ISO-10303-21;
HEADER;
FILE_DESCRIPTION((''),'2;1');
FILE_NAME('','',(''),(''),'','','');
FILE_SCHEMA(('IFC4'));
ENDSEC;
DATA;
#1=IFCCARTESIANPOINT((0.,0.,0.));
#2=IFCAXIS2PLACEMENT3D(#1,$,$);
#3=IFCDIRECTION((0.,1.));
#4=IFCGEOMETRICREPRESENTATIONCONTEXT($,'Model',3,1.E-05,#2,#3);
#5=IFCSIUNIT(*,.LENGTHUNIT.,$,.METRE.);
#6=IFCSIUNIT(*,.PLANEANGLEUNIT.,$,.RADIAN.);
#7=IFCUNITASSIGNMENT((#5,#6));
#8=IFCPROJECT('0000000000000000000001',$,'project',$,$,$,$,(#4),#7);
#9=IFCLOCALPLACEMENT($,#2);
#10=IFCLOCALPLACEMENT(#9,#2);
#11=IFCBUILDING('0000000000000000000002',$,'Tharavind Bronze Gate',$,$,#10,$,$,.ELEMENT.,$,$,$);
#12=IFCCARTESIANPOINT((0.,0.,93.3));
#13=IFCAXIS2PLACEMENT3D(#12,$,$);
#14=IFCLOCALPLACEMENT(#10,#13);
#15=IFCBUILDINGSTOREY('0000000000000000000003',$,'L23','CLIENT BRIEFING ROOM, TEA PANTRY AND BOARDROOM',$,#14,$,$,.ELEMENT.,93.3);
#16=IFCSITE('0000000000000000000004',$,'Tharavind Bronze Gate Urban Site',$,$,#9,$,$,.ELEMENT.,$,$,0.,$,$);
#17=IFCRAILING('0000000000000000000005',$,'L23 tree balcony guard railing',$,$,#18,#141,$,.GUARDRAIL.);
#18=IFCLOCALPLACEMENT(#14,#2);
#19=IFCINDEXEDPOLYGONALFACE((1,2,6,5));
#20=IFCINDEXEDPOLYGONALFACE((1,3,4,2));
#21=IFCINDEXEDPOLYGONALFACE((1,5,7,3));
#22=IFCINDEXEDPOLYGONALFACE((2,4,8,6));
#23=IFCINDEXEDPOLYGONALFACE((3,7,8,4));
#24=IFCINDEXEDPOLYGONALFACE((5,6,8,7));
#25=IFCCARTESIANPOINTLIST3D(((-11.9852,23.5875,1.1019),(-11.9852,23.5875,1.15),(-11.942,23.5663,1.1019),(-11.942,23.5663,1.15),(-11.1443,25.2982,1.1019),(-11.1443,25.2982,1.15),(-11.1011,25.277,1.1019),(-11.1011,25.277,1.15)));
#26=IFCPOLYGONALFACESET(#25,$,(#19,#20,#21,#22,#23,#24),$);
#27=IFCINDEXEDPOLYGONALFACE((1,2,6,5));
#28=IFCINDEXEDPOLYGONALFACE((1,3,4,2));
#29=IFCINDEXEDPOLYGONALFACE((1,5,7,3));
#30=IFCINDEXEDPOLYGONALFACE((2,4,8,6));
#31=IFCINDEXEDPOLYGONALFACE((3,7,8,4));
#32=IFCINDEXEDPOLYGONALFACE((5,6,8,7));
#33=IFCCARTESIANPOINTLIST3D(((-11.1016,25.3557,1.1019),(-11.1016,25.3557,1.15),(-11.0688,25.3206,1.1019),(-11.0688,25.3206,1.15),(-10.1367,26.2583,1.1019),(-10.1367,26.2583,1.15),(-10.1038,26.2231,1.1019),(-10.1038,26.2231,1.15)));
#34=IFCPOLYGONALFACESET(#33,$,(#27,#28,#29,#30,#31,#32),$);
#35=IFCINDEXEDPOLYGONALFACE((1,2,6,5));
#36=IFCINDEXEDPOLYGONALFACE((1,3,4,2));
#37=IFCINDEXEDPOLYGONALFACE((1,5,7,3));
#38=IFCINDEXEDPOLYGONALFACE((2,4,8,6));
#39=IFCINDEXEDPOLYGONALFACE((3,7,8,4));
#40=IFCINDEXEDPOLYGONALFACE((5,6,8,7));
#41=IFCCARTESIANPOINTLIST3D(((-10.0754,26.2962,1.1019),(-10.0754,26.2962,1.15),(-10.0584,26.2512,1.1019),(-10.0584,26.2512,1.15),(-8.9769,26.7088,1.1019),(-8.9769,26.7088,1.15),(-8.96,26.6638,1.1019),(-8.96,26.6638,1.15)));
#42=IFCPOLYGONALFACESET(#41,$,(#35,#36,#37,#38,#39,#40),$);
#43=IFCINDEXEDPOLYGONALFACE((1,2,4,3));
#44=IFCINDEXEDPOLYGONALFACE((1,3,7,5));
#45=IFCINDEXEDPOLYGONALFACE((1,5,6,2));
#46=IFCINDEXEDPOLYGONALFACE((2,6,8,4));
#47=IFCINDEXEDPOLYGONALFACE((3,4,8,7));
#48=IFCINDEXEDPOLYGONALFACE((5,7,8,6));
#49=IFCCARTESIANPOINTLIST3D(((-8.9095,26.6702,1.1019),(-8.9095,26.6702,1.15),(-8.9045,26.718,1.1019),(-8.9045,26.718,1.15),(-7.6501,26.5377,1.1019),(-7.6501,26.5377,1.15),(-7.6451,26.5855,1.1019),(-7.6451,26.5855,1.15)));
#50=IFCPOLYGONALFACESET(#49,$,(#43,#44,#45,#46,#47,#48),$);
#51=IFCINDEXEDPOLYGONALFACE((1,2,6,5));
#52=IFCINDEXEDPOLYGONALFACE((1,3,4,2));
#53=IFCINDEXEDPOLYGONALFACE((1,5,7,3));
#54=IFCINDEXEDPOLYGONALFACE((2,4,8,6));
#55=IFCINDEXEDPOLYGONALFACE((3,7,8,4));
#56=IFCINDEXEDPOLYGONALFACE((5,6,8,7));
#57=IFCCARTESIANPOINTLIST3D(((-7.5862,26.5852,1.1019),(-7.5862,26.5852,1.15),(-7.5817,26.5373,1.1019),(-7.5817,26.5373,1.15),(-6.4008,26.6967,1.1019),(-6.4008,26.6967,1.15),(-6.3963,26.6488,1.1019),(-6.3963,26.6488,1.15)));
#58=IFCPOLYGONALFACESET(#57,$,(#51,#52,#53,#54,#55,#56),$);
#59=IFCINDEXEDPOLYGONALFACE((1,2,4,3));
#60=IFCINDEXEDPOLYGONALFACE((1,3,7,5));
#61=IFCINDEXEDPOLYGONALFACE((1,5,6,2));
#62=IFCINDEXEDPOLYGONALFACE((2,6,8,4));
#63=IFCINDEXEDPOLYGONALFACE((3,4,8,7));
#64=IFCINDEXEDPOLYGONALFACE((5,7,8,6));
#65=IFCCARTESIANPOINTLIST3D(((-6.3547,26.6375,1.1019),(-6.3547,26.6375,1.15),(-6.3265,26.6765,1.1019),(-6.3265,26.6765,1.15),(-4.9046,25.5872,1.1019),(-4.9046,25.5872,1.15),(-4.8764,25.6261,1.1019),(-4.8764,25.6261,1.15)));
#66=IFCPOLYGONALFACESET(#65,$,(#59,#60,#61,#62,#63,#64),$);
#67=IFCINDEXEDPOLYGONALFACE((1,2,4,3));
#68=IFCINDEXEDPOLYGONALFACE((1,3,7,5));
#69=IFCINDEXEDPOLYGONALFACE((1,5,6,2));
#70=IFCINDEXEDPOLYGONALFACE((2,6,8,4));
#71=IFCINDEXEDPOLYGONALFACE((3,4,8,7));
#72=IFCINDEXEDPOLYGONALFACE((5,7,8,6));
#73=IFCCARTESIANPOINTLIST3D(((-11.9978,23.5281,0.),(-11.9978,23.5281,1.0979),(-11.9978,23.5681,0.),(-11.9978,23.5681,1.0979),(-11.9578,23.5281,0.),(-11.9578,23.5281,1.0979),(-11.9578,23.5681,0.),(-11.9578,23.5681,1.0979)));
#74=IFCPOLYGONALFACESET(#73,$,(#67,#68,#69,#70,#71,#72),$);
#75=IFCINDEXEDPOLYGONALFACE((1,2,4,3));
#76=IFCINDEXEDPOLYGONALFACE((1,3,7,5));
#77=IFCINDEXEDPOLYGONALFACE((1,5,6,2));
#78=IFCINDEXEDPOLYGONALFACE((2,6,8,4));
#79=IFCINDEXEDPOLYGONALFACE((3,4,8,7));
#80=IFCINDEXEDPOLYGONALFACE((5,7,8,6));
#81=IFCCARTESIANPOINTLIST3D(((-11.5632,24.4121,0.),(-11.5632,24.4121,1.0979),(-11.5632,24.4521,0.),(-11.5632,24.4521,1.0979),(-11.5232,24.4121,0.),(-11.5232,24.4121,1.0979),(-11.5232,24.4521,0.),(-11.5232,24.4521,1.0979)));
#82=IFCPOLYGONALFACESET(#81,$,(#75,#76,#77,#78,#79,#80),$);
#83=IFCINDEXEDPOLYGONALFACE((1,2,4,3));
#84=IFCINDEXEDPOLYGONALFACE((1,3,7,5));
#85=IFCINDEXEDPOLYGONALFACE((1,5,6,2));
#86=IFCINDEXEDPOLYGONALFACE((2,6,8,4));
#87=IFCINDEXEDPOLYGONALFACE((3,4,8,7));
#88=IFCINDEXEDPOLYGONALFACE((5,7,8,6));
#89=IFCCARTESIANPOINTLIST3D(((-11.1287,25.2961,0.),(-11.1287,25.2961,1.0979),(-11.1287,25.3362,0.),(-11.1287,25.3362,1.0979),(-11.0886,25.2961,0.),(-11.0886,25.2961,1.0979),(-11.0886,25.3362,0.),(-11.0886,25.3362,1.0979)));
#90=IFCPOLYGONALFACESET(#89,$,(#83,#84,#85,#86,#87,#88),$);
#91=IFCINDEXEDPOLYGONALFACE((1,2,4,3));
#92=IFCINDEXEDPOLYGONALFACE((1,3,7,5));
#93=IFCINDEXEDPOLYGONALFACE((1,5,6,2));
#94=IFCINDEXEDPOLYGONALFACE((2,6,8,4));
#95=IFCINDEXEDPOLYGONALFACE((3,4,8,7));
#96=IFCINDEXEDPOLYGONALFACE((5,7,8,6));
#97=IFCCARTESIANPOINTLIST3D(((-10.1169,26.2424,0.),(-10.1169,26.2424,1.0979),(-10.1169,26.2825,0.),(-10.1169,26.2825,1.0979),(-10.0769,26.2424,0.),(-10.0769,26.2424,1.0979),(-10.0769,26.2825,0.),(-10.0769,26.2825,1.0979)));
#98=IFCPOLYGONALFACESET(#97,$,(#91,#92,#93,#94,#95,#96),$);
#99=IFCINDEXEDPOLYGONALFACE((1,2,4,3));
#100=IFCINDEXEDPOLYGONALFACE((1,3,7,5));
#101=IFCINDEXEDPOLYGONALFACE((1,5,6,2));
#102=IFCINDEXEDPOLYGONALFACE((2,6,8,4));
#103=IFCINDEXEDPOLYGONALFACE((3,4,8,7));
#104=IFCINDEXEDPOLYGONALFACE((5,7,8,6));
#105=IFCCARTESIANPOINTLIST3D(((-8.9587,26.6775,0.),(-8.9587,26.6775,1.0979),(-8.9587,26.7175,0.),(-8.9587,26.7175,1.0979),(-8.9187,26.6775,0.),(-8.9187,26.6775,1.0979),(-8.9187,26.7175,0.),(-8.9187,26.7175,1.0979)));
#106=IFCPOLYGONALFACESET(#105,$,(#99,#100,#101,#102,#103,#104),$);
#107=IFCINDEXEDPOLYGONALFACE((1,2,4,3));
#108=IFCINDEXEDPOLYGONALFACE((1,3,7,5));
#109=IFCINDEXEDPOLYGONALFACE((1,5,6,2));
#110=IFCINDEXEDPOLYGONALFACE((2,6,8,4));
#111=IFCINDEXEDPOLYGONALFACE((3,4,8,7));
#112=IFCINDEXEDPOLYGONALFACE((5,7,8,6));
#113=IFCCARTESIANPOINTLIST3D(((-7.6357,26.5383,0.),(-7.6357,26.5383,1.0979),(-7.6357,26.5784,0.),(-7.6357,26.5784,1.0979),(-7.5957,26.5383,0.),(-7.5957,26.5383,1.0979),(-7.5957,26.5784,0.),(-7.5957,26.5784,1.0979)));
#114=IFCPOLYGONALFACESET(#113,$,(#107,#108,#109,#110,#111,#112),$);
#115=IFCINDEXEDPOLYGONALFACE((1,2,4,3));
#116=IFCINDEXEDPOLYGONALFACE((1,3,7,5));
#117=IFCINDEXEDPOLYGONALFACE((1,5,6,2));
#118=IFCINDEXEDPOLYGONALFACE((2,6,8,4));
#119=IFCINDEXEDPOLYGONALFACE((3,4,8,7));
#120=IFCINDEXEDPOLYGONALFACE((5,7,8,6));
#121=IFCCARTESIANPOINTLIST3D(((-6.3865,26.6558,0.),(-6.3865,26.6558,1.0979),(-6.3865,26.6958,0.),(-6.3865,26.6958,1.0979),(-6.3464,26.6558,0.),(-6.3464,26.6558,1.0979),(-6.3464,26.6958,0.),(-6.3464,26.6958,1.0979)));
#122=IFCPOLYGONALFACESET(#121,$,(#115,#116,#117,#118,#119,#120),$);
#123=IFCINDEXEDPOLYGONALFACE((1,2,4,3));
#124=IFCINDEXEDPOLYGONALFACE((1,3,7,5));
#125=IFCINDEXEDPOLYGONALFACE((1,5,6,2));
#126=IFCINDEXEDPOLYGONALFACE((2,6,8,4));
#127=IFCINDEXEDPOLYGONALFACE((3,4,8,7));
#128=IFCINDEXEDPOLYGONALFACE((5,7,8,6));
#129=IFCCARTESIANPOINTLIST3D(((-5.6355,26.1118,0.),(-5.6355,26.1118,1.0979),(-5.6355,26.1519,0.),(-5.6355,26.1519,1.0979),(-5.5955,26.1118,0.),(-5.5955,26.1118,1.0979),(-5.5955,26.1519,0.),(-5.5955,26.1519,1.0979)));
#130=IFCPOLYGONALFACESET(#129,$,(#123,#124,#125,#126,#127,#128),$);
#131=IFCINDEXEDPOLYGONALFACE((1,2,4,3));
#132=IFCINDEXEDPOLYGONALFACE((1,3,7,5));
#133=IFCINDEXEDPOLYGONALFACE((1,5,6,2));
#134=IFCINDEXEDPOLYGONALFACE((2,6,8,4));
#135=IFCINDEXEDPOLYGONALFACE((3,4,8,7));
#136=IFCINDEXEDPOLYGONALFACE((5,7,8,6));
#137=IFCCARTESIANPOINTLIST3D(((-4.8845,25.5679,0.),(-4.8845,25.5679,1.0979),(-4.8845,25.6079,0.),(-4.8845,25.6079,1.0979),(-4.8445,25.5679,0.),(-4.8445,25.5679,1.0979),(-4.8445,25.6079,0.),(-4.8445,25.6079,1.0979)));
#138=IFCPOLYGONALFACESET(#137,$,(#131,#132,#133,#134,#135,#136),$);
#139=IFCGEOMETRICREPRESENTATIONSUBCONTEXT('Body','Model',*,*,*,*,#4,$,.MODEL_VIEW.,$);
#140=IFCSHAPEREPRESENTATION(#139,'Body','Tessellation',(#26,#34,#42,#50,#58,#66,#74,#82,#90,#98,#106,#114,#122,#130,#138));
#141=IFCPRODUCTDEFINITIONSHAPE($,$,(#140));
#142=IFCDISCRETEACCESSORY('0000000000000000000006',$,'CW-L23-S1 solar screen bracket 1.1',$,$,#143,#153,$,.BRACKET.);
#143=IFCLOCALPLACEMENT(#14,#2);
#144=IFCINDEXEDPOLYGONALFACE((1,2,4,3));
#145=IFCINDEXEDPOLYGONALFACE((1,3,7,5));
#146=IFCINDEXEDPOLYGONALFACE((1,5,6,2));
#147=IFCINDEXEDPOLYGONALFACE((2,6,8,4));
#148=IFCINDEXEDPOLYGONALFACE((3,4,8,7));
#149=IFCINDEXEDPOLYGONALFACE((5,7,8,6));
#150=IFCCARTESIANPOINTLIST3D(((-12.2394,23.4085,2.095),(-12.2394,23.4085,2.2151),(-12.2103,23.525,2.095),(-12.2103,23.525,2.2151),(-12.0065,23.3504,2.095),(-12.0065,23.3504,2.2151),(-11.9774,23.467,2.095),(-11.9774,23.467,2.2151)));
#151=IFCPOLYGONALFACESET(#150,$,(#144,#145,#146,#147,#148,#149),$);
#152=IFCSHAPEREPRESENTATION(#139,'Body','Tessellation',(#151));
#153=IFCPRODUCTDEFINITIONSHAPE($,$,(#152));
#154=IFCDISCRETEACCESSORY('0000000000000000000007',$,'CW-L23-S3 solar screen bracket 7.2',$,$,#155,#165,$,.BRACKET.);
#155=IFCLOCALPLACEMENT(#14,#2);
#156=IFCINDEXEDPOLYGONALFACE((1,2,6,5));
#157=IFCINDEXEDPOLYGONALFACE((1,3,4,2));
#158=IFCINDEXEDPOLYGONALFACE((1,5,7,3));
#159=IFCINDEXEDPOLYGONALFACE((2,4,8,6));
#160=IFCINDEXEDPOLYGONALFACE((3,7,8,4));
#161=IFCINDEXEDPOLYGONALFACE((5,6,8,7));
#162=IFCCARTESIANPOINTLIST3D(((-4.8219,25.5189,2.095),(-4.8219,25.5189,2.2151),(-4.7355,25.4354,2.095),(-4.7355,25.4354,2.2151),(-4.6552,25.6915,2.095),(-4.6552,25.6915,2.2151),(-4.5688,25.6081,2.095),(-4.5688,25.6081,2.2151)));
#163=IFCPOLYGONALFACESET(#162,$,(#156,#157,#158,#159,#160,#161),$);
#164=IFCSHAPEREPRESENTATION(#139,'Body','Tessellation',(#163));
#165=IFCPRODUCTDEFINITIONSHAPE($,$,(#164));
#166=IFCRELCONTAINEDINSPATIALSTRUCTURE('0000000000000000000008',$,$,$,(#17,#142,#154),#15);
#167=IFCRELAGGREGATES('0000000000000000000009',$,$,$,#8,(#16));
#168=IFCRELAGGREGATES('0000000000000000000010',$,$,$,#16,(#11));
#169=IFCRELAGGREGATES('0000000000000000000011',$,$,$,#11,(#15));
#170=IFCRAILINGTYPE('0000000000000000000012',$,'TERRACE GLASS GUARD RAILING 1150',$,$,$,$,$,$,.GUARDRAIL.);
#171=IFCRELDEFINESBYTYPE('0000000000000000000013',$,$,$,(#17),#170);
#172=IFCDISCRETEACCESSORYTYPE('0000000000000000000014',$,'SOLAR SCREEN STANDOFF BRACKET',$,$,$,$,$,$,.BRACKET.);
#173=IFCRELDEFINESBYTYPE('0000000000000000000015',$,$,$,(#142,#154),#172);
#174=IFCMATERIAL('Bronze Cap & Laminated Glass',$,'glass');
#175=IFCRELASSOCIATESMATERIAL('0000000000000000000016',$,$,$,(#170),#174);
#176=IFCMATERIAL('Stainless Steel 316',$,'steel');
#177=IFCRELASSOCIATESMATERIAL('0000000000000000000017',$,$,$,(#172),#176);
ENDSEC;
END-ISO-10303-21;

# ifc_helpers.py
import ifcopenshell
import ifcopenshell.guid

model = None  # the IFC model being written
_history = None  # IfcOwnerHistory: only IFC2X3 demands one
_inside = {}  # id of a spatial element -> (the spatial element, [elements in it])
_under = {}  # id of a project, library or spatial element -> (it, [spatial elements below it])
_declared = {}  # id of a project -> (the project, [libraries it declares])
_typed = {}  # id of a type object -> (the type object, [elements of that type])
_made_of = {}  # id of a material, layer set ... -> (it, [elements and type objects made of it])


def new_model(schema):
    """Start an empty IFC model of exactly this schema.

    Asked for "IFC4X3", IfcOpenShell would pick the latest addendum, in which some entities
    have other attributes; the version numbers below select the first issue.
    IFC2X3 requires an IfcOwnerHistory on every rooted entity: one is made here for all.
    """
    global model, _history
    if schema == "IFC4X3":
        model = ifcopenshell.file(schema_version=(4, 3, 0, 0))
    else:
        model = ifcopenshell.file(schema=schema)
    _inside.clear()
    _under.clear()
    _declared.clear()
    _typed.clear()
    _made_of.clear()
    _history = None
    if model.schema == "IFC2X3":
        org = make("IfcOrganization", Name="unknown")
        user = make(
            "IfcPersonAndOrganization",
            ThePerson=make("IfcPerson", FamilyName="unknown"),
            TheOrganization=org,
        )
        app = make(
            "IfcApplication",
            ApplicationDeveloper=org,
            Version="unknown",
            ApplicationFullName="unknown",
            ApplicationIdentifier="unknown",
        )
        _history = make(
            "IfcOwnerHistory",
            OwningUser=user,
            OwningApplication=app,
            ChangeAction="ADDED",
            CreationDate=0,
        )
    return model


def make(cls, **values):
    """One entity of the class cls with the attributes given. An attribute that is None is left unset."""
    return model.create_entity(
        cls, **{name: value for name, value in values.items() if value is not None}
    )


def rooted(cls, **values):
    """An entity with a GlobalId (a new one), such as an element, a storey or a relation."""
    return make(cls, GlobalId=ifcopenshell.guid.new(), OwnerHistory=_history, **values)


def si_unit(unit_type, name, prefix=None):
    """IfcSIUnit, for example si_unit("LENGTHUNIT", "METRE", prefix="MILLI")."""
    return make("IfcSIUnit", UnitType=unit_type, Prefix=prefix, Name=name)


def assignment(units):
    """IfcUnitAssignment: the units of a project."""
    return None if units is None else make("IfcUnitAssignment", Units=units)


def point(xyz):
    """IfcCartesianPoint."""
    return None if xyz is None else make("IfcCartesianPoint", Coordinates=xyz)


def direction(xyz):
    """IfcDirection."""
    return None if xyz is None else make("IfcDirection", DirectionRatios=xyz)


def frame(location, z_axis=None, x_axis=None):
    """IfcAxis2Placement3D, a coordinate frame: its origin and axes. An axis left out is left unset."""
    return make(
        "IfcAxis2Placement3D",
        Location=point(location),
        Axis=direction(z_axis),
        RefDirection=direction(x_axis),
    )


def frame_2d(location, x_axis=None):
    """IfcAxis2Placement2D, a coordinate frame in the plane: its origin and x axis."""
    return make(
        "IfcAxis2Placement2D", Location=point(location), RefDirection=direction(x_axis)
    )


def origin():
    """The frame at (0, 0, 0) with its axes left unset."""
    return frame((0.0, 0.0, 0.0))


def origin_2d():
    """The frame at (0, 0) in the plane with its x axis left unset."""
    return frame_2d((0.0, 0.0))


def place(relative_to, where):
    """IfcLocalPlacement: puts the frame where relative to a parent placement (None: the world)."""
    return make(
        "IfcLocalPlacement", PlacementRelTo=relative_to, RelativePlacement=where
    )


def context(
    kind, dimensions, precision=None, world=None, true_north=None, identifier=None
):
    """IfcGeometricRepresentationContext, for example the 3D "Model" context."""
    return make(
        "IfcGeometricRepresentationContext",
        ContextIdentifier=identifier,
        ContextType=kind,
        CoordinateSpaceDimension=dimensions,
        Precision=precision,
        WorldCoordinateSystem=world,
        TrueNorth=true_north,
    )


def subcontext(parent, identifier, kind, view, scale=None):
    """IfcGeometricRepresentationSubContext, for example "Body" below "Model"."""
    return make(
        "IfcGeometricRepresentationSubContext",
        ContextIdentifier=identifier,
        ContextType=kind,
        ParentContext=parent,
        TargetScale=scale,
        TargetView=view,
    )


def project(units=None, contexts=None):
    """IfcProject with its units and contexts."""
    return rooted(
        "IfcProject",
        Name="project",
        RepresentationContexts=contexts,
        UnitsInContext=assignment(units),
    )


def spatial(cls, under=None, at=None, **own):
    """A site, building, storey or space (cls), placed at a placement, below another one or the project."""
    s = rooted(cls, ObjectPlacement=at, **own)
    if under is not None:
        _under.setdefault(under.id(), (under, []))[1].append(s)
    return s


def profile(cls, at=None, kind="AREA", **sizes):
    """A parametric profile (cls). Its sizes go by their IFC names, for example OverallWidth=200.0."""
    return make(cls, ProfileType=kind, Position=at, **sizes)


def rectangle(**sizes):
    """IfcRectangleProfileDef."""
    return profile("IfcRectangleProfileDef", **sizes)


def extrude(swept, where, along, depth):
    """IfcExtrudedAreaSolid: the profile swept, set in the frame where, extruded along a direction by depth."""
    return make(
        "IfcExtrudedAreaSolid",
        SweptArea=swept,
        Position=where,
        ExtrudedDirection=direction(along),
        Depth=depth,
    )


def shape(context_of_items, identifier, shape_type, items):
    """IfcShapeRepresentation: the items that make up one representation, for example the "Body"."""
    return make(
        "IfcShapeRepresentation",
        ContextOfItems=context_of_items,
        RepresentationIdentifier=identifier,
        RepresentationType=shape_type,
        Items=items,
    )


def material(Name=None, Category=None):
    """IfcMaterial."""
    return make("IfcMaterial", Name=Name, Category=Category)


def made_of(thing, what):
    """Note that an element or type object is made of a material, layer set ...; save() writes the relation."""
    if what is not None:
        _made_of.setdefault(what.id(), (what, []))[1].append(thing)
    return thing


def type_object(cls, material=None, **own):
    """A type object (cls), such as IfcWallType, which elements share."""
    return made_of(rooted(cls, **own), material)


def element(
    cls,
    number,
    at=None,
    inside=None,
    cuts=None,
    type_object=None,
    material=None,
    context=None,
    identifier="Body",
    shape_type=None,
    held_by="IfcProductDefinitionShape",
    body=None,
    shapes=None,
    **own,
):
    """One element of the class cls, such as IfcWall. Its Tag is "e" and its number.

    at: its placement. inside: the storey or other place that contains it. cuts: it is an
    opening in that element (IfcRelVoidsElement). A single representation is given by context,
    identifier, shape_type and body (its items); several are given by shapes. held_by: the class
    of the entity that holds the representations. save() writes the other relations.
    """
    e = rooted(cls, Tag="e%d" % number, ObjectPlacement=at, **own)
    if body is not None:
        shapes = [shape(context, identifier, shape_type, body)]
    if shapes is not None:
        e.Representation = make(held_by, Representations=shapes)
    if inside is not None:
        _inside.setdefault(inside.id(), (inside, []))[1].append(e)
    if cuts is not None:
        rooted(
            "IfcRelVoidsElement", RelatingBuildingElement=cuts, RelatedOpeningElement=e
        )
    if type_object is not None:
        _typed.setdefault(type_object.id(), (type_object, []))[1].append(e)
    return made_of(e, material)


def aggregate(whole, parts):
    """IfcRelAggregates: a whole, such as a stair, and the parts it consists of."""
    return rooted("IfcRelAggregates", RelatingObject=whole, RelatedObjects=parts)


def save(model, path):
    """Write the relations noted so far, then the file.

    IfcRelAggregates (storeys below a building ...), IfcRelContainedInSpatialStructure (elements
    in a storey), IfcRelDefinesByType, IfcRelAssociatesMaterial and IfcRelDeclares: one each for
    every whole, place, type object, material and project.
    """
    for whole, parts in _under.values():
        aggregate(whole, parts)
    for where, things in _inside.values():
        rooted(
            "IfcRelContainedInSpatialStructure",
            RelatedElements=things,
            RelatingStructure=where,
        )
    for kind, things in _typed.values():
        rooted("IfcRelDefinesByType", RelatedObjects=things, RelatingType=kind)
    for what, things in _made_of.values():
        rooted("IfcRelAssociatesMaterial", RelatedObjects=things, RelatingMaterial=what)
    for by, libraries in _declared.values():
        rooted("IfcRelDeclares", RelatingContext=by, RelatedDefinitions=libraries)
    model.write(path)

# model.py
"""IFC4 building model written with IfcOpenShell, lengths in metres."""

from ifc_helpers import new_model, si_unit, direction, frame, origin, origin_2d, place, context, subcontext, project, spatial, rectangle, extrude, material, type_object, element, save


model = new_model("IFC4")

# Units and contexts
model_context = context("Model", 3, precision=1e-05, world=origin(), true_north=direction((0.0, 1.0)))
body_context = subcontext(model_context, "Body", "Model", "MODEL_VIEW")
ifc_project = project(units=[si_unit("LENGTHUNIT", "METRE"), si_unit("PLANEANGLEUNIT", "RADIAN")], contexts=[model_context])

# Site, building, storey
site_placement = place(None, origin())
site = spatial("IfcSite", under=ifc_project, at=site_placement, Name="Tharavind Bronze Gate Urban Site", CompositionType="ELEMENT", RefElevation=0.0)
building_placement = place(site_placement, origin())
building = spatial("IfcBuilding", under=site, at=building_placement, Name="Tharavind Bronze Gate", CompositionType="ELEMENT")
storey_placement = place(building_placement, frame((0.0, 0.0, 93.3)))
storey = spatial("IfcBuildingStorey", under=building, at=storey_placement, Name="L23", Description="CLIENT BRIEFING ROOM, TEA PANTRY AND BOARDROOM", CompositionType="ELEMENT", Elevation=93.3)

# Railing
ifc_material_1 = material(Name="Bronze Cap & Laminated Glass", Category="glass")
railing_type = type_object("IfcRailingType", Name="TERRACE GLASS GUARD RAILING 1150", PredefinedType="GUARDRAIL", material=ifc_material_1)
railing_placement = place(storey_placement, frame((-11.9778, 23.5481, 0.0)))
element("IfcRailing", 1, at=railing_placement, inside=storey, type_object=railing_type, Name="L23 tree balcony guard railing", PredefinedType="GUARDRAIL", context=body_context, shape_type="SweptSolid", body=[
    extrude(rectangle(XDim=0.0481, YDim=0.0481, at=origin_2d()), frame((0.0142, 0.0288, 1.126), z_axis=(0.441156, 0.89743, 0.0), x_axis=(-0.89743, 0.441156, 0.0)), (0.0, 0.0, 1.0), 1.9062),
    extrude(rectangle(XDim=0.0481, YDim=0.0481, at=origin_2d()), frame((0.8926, 1.79, 1.126), z_axis=(0.730328, 0.683096, 0.0), x_axis=(-0.683096, 0.730328, 0.0)), (0.0, 0.0, 1.0), 1.3213),
    extrude(rectangle(XDim=0.0481, YDim=0.0481, at=origin_2d()), frame((1.9109, 2.7256, 1.126), z_axis=(0.936134, 0.351642, 0.0), x_axis=(-0.351642, 0.936134, 0.0)), (0.0, 0.0, 1.0), 1.1733),
    extrude(rectangle(XDim=0.0481, YDim=0.0481, at=origin_2d()), frame((3.0708, 3.146, 1.126), z_axis=(0.994513, -0.104608, 0.0), x_axis=(0.104608, 0.994513, 0.0)), (0.0, 0.0, 1.0), 1.2664),
    extrude(rectangle(XDim=0.0481, YDim=0.0481, at=origin_2d()), frame((4.3938, 3.0132, 1.126), z_axis=(0.995611, 0.093588, 0.0), x_axis=(-0.093588, 0.995611, 0.0)), (0.0, 0.0, 1.0), 1.1907),
    extrude(rectangle(XDim=0.0481, YDim=0.0481, at=origin_2d()), frame((5.6372, 3.1089, 1.126), z_axis=(0.809873, -0.586605, 0.0), x_axis=(0.586605, 0.809873, 0.0)), (0.0, 0.0, 1.0), 1.7905),
    extrude(rectangle(XDim=0.04, YDim=0.04, at=origin_2d()), origin(), (0.0, 0.0, 1.0), 1.0979),
    extrude(rectangle(XDim=0.04, YDim=0.04, at=origin_2d()), frame((0.4346, 0.884, 0.0)), (0.0, 0.0, 1.0), 1.0979),
    extrude(rectangle(XDim=0.04, YDim=0.04, at=origin_2d()), frame((0.8691, 1.7681, 0.0)), (0.0, 0.0, 1.0), 1.0979),
    extrude(rectangle(XDim=0.04, YDim=0.04, at=origin_2d()), frame((1.8809, 2.7144, 0.0)), (0.0, 0.0, 1.0), 1.0979),
    extrude(rectangle(XDim=0.04, YDim=0.04, at=origin_2d()), frame((3.0391, 3.1494, 0.0)), (0.0, 0.0, 1.0), 1.0979),
    extrude(rectangle(XDim=0.04, YDim=0.04, at=origin_2d()), frame((4.3621, 3.0103, 0.0)), (0.0, 0.0, 1.0), 1.0979),
    extrude(rectangle(XDim=0.04, YDim=0.04, at=origin_2d()), frame((5.6113, 3.1277, 0.0)), (0.0, 0.0, 1.0), 1.0979),
    extrude(rectangle(XDim=0.04, YDim=0.04, at=origin_2d()), frame((6.3623, 2.5837, 0.0)), (0.0, 0.0, 1.0), 1.0979),
    extrude(rectangle(XDim=0.04, YDim=0.04, at=origin_2d()), frame((7.1133, 2.0398, 0.0)), (0.0, 0.0, 1.0), 1.0979),
])

# Discrete accessories
ifc_material_2 = material(Name="Stainless Steel 316", Category="steel")
discrete_accessory_type = type_object("IfcDiscreteAccessoryType", Name="SOLAR SCREEN STANDOFF BRACKET", PredefinedType="BRACKET", material=ifc_material_2)
for number, where, z_axis, x_axis, name in (
    (2, (-12.1084, 23.4377, 2.095), (0.0, 0.0, 1.0), (-0.241922, -0.970296, 0.0), "CW-L23-S1 solar screen bracket 1.1"),
    (3, (-4.6953, 25.5635, 2.095), (0.0, 0.0, 1.0), (-0.719341, 0.694657, 0.0), "CW-L23-S3 solar screen bracket 7.2"),
):
    element("IfcDiscreteAccessory", number, at=place(storey_placement, frame(where, z_axis=z_axis, x_axis=x_axis)), inside=storey, type_object=discrete_accessory_type, Name=name, PredefinedType="BRACKET", context=body_context, shape_type="SweptSolid", body=[
        extrude(rectangle(XDim=0.1201, YDim=0.24, at=origin_2d()), origin(), (0.0, 0.0, 1.0), 0.1201),
    ])

save(model, "model.ifc")
